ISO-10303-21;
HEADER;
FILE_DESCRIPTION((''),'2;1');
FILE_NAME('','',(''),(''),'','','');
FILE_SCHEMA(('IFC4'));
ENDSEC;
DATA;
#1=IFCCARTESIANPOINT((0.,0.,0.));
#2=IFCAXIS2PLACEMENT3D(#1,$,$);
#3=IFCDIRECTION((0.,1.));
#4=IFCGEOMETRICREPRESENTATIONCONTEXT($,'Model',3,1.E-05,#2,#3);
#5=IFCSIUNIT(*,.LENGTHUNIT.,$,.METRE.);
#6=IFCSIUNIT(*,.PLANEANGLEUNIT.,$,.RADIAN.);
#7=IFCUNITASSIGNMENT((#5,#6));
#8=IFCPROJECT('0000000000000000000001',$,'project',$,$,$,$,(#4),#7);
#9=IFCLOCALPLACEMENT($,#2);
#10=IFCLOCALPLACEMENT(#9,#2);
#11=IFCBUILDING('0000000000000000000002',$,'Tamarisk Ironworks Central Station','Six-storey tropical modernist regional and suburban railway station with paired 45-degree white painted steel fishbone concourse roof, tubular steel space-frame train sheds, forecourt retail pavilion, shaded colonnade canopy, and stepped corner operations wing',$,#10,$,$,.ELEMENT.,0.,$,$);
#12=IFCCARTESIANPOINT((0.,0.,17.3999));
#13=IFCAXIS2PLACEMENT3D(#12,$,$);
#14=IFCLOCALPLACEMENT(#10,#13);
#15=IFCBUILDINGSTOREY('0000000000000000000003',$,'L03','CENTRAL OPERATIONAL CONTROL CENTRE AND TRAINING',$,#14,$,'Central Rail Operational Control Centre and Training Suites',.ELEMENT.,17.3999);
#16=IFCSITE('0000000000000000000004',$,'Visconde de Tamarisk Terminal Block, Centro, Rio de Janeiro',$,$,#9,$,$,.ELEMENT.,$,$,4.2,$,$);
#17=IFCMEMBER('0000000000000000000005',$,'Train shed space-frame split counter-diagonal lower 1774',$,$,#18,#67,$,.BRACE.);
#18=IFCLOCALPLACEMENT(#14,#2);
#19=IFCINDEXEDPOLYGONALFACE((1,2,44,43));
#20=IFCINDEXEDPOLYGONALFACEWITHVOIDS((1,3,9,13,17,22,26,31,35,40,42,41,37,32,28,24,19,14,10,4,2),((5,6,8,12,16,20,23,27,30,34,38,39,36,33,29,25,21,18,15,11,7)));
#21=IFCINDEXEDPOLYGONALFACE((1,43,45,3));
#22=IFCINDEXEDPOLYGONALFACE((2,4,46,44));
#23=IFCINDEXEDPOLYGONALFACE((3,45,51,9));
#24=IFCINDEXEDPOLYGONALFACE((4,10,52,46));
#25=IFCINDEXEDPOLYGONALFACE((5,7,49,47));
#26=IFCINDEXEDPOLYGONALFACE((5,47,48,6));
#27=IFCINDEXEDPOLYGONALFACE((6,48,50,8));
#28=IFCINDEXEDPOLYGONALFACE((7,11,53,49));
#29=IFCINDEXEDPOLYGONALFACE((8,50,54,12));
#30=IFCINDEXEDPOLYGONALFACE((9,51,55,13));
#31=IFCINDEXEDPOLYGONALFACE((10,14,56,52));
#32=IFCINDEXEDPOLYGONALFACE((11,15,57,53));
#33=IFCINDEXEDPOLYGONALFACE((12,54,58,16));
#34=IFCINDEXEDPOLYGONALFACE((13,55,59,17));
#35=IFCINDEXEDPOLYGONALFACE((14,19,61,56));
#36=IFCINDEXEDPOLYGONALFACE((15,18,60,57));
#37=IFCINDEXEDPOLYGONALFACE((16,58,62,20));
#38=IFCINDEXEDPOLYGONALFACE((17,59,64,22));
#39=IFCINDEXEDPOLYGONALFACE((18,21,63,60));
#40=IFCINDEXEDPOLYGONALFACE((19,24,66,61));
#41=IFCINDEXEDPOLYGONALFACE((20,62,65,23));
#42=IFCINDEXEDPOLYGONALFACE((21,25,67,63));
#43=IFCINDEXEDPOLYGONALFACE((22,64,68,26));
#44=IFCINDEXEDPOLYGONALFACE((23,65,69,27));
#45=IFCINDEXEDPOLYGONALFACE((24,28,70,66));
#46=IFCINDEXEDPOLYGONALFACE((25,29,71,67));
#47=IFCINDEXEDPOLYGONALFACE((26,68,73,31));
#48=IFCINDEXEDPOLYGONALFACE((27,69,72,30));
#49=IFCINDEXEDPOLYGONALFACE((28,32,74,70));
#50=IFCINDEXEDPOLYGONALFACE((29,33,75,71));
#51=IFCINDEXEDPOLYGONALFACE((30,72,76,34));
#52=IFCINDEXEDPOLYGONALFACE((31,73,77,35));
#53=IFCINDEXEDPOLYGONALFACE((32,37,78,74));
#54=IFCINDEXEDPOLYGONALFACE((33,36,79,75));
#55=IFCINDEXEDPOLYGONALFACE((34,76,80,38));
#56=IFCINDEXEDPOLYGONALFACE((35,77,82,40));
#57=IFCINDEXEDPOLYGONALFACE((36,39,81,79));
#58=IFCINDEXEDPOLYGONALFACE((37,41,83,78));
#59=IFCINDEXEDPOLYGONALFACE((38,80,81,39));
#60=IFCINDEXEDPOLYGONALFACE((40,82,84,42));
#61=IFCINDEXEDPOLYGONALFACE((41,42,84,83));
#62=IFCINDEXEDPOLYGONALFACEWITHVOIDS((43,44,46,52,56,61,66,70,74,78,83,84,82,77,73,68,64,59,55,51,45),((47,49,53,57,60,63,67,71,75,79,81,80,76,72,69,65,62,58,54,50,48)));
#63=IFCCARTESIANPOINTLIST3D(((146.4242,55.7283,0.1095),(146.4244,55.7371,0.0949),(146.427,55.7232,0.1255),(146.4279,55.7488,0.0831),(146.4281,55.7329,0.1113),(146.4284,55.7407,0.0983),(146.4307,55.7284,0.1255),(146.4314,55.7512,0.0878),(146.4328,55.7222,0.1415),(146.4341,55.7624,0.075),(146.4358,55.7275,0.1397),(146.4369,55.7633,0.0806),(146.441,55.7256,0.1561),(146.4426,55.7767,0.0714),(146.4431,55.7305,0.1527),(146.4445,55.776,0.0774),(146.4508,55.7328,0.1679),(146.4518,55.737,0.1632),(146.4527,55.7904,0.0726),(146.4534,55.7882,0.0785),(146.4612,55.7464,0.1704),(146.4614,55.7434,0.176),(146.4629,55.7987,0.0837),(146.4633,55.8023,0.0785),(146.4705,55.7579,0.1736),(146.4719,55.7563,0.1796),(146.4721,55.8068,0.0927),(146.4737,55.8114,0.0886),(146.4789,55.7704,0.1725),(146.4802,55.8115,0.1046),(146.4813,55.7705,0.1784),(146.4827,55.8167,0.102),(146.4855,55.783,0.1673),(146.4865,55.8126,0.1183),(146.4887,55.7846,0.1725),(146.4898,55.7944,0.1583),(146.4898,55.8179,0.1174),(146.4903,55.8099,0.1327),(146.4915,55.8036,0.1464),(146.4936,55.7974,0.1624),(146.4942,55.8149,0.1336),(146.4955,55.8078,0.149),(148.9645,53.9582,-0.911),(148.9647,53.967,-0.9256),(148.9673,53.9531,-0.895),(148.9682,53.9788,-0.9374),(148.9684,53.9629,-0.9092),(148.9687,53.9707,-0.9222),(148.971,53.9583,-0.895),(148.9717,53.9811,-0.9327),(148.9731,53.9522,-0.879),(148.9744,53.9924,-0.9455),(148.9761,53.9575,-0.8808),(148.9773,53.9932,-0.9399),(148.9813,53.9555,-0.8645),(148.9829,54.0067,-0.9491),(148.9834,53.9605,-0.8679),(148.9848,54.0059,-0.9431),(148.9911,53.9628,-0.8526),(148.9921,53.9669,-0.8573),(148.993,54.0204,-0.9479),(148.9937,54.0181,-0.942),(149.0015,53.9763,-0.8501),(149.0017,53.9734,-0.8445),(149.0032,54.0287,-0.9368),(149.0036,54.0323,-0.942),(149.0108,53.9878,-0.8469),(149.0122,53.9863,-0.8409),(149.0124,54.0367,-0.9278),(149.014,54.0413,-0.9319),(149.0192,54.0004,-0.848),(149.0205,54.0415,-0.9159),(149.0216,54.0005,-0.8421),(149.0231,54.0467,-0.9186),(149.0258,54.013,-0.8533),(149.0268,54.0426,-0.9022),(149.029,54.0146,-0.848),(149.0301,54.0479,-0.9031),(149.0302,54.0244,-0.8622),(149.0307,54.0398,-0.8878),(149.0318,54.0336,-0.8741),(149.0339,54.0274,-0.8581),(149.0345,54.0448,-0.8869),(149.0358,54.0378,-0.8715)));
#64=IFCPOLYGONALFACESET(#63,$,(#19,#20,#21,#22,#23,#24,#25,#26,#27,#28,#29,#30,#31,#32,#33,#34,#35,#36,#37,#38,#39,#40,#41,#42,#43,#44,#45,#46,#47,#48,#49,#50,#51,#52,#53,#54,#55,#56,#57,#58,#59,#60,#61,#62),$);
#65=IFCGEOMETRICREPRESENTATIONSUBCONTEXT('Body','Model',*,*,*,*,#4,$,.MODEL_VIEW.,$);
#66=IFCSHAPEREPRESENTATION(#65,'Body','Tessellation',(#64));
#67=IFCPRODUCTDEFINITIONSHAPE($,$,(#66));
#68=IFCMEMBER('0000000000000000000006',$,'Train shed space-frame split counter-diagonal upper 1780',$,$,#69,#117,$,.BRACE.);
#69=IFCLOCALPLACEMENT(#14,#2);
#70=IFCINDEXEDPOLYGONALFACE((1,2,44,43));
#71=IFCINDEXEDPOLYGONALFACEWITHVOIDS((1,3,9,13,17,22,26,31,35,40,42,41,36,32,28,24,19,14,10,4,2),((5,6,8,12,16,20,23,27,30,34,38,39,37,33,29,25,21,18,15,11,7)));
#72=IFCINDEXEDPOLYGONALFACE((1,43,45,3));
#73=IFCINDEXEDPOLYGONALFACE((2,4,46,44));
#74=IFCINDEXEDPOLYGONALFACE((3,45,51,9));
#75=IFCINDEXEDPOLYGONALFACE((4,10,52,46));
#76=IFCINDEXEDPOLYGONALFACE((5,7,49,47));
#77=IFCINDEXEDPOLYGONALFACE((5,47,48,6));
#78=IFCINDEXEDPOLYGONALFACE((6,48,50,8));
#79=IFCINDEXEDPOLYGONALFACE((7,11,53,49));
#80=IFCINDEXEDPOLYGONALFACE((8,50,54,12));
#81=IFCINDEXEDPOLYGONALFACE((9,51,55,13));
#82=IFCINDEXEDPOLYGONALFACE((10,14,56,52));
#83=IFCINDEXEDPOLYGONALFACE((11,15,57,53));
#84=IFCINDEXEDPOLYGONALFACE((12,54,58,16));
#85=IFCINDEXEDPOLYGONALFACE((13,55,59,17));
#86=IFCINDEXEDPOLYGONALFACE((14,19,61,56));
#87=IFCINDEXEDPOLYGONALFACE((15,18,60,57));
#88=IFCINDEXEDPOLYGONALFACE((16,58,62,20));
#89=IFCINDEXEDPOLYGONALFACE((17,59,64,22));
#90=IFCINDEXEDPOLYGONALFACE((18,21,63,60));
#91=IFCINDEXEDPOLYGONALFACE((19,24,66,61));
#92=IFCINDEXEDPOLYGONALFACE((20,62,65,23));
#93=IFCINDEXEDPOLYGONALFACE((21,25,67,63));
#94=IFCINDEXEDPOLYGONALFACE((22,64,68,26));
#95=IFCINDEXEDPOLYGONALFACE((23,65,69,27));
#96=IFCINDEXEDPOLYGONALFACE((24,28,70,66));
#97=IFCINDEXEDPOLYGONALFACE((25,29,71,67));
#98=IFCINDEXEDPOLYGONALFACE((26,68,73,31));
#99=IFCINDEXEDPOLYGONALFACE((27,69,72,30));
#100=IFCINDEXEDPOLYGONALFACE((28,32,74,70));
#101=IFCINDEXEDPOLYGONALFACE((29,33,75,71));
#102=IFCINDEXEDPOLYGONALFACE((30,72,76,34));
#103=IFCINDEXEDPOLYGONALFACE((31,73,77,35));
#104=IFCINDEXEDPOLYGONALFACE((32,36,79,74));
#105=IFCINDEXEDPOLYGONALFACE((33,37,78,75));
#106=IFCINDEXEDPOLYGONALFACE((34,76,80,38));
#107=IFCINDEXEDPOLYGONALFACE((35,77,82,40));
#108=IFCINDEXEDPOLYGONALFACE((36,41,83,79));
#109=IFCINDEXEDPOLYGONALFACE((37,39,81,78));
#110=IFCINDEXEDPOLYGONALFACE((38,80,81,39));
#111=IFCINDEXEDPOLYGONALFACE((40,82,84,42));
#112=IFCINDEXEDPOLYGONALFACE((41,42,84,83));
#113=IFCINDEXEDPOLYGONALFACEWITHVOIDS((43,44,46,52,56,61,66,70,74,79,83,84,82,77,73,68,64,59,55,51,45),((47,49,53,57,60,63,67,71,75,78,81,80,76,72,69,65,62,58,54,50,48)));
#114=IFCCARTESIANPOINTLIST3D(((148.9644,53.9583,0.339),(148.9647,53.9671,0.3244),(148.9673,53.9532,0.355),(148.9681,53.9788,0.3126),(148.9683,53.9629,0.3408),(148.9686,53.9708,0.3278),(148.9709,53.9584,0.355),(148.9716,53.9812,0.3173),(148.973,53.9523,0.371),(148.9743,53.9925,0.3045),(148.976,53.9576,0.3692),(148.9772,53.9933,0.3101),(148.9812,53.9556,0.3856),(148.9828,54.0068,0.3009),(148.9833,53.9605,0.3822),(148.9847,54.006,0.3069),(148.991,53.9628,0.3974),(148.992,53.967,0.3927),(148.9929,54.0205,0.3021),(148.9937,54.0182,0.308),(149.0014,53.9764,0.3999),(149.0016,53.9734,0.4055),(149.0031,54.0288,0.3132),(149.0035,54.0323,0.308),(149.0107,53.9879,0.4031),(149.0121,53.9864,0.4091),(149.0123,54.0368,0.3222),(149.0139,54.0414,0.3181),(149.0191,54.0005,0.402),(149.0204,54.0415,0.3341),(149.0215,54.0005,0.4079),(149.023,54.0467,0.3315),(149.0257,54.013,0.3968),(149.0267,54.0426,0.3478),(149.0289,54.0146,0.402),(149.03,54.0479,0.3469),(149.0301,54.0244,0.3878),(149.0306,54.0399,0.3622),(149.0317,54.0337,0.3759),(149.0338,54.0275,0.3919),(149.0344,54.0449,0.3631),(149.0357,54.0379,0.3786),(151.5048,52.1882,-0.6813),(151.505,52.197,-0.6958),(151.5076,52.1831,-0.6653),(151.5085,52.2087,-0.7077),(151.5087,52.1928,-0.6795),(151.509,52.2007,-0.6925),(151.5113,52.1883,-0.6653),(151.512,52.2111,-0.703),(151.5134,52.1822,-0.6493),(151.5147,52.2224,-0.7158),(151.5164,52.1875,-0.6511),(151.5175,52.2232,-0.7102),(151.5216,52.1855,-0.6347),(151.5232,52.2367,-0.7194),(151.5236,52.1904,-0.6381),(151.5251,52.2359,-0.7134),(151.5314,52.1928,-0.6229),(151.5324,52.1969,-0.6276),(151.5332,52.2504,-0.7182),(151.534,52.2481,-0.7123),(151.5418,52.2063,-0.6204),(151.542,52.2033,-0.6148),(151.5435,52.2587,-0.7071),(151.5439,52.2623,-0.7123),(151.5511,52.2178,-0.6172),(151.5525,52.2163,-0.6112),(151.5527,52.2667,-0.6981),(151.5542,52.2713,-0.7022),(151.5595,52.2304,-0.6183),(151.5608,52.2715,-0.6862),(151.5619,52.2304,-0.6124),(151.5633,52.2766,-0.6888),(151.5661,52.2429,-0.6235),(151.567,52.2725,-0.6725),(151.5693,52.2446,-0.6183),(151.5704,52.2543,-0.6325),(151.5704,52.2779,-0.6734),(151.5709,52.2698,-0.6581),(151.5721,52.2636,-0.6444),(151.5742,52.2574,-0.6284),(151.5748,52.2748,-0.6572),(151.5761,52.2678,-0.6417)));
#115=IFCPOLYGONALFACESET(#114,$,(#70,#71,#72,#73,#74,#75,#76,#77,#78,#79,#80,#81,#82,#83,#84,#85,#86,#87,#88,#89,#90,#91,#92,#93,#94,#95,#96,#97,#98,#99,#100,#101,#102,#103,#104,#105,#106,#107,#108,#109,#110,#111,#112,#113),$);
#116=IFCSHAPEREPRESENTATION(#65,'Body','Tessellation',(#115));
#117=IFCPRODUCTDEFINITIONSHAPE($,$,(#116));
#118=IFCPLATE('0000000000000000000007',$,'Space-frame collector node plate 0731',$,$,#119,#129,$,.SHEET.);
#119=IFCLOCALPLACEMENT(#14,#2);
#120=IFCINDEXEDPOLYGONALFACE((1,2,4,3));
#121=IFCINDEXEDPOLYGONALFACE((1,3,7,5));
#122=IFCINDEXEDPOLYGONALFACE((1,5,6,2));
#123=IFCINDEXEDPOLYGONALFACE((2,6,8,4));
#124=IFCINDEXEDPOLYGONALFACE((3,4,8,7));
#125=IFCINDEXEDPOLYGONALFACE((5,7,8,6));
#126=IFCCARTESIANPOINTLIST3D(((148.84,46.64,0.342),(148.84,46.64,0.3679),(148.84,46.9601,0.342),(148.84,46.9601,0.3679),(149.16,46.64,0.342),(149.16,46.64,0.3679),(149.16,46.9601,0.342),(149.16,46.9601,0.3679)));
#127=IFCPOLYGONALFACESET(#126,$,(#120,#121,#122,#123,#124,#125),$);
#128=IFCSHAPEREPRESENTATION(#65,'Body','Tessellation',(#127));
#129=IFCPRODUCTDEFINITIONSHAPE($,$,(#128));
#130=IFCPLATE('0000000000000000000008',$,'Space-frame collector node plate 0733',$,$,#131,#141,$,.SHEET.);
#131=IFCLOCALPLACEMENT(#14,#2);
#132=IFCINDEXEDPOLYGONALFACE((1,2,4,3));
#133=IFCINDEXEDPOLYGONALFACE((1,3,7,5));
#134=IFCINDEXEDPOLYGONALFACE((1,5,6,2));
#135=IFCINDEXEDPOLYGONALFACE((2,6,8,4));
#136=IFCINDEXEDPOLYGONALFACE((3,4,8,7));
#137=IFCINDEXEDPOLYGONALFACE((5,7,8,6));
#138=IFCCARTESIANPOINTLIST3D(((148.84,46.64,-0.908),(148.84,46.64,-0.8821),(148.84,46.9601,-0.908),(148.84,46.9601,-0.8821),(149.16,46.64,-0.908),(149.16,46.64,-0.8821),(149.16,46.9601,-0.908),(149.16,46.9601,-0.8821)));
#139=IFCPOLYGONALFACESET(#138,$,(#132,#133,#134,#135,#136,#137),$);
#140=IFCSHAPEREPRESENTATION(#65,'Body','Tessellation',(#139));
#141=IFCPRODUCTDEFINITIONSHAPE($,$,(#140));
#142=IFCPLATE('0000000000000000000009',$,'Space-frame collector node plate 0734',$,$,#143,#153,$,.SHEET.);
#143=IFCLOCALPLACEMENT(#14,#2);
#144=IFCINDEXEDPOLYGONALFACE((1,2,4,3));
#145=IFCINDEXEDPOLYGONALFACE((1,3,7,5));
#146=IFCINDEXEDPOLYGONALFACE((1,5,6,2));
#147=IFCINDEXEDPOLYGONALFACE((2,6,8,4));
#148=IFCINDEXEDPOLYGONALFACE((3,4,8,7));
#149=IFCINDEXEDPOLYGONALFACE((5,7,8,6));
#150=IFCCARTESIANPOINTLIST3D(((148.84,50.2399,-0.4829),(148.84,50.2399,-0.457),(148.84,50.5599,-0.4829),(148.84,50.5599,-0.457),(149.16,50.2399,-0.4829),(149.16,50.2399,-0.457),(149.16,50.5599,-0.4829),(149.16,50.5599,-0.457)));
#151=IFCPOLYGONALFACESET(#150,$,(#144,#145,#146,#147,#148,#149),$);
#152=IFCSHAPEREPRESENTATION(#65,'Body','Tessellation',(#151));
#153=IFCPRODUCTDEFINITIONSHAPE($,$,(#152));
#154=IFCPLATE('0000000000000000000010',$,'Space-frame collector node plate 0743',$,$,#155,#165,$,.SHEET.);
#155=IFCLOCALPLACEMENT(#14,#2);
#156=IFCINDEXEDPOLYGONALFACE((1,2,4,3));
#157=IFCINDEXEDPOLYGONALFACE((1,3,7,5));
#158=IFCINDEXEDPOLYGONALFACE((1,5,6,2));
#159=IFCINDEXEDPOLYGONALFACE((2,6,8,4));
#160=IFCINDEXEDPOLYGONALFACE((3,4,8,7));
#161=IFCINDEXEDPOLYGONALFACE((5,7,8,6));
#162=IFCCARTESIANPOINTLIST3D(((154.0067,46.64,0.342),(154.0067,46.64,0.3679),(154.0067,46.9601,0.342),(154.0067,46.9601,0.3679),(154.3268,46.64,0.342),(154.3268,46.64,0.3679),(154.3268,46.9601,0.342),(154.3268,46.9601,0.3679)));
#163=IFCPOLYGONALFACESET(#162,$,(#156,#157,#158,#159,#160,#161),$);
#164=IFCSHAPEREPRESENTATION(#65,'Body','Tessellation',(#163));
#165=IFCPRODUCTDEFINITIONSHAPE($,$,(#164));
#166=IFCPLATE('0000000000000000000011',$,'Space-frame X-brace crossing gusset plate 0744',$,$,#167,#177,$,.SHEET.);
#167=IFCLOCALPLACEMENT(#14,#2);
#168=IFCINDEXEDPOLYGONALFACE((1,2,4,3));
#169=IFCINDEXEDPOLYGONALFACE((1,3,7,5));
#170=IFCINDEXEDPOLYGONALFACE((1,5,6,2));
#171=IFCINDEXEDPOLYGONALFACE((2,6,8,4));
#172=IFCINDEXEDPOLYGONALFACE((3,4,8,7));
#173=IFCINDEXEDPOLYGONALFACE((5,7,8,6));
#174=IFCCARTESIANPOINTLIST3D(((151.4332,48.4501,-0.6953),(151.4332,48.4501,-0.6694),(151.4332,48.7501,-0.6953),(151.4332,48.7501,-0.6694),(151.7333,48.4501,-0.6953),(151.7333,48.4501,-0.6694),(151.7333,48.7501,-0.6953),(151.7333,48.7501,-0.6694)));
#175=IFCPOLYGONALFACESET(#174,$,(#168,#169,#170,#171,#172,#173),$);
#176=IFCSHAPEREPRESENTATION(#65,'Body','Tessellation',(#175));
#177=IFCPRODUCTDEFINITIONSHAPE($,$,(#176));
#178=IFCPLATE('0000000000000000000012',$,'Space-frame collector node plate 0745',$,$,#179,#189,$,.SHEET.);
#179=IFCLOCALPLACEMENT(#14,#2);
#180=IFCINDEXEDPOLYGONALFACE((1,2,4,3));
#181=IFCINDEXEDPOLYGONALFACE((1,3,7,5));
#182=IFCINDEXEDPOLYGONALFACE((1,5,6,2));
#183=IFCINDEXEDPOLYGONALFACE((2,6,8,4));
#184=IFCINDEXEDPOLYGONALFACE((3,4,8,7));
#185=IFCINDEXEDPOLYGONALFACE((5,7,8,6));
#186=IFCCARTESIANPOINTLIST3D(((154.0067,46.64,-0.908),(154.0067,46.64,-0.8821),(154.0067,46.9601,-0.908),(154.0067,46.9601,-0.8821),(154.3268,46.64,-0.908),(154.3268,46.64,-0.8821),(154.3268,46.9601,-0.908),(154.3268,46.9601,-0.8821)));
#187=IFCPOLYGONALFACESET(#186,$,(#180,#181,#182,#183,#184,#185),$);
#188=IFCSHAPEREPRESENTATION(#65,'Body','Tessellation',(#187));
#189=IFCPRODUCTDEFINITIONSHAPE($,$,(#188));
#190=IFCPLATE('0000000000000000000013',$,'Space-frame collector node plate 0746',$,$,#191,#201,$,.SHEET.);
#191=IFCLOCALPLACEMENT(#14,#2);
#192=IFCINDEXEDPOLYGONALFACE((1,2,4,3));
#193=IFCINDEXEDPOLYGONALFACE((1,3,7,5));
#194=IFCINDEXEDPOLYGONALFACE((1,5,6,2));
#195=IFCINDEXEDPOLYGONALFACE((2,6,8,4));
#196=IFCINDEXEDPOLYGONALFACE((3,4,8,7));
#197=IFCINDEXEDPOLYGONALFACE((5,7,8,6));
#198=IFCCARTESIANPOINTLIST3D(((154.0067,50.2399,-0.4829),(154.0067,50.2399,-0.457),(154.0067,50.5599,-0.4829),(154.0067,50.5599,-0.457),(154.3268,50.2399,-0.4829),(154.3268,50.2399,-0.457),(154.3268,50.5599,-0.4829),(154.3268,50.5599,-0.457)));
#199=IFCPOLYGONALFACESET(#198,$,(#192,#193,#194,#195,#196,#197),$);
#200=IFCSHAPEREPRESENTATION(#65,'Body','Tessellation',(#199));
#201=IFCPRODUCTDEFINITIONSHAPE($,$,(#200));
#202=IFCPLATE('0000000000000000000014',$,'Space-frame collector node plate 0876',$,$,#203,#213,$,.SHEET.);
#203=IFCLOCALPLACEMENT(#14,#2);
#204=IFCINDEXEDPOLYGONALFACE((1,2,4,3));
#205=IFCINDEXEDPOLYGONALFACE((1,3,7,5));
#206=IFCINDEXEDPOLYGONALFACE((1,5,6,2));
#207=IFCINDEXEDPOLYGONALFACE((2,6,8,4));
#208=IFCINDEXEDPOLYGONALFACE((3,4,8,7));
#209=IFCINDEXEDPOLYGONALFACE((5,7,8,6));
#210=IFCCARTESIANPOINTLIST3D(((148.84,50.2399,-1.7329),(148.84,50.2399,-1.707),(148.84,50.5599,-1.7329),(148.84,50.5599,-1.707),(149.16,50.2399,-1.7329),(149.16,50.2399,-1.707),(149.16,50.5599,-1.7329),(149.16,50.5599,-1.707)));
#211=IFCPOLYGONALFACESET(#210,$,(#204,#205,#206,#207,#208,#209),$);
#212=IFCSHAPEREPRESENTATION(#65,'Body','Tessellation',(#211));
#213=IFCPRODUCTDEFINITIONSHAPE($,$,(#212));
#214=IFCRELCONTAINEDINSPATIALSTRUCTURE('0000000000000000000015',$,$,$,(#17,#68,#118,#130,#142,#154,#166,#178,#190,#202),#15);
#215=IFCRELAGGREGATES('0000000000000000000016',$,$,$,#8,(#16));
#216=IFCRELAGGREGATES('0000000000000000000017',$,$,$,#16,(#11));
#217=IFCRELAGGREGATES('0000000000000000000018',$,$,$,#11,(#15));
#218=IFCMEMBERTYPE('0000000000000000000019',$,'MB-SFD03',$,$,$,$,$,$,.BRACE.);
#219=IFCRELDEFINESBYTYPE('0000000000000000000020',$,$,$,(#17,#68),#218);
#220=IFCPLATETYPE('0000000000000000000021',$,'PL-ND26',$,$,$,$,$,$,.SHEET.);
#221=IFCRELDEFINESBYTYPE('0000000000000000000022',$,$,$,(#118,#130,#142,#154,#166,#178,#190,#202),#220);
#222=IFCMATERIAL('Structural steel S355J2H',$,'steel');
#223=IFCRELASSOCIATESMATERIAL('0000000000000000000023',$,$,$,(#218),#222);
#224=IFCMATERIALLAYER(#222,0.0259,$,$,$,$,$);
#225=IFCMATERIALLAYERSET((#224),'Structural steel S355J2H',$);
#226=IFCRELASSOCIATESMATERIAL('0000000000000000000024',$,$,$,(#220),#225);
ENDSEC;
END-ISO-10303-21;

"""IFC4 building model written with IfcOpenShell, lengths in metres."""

from ifc_helpers import new_model, si_unit, direction, frame, origin, origin_2d, place, context, subcontext, project, spatial, rectangle, hollow_circle, extrude, material, layer, layer_set, material_profile, profile_set, type_object, element, save


model = new_model("IFC4")

# Units and contexts
model_context = context("Model", 3, precision=1e-05, world=origin(), true_north=direction((0.0, 1.0)))
body_context = subcontext(model_context, "Body", "Model", "MODEL_VIEW")
ifc_project = project(units=[si_unit("LENGTHUNIT", "METRE"), si_unit("PLANEANGLEUNIT", "RADIAN")], contexts=[model_context])

# Site, building, storey
site_placement = place(None, origin())
site = spatial("IfcSite", under=ifc_project, at=site_placement, Name="Visconde de Tamarisk Terminal Block, Centro, Rio de Janeiro", CompositionType="ELEMENT", RefElevation=4.2)
building_placement = place(site_placement, origin())
building = spatial("IfcBuilding", under=site, at=building_placement, Name="Tamarisk Ironworks Central Station", Description="Six-storey tropical modernist regional and suburban railway station with paired 45-degree white painted steel fishbone concourse roof, tubular steel space-frame train sheds, forecourt retail pavilion, shaded colonnade canopy, and stepped corner operations wing", CompositionType="ELEMENT", ElevationOfRefHeight=0.0)
storey_placement = place(building_placement, frame((0.0, 0.0, 17.3999)))
storey = spatial("IfcBuildingStorey", under=building, at=storey_placement, Name="L03", Description="CENTRAL OPERATIONAL CONTROL CENTRE AND TRAINING", LongName="Central Rail Operational Control Centre and Training Suites", CompositionType="ELEMENT", Elevation=17.3999)

# Members
ifc_material_1 = material(Name="Structural steel S355J2H", Category="steel")
ifc_material_profile_1 = material_profile(ifc_material_1, hollow_circle(Radius=0.0571, WallThickness=0.0063, at=origin_2d()), Name="CHS 114.3x6.3")
ifc_profile_set_1 = profile_set([ifc_material_profile_1], Name="Structural steel S355J2H")
member_type_1 = type_object("IfcMemberType", Name="MB-SFD03", PredefinedType="BRACE", material=ifc_profile_set_1)
for number, where, z_axis, x_axis, name in (
    (1, (149.0, 54.0, -0.895), (-0.779234, 0.542955, 0.313042), (-0.571688, -0.820471, 0.0), "Train shed space-frame split counter-diagonal lower 1774"),
    (2, (151.5403, 52.23, -0.6653), (-0.779252, 0.542967, 0.312974), (-0.571688, -0.820471, 0.0), "Train shed space-frame split counter-diagonal upper 1780"),
):
    element("IfcMember", number, at=place(storey_placement, frame(where, z_axis=z_axis, x_axis=x_axis)), inside=storey, type_object=member_type_1, Name=name, PredefinedType="BRACE", context=body_context, shape_type="SweptSolid", body=[
        extrude(hollow_circle(Radius=0.0571, WallThickness=0.0063, at=origin_2d()), origin(), (0.0, 0.0, 1.0), 3.26),
    ])

# Plates
ifc_layer = layer(ifc_material_1, 0.0259)
ifc_layer_set = layer_set([ifc_layer], Name="Structural steel S355J2H")
plate_type = type_object("IfcPlateType", Name="PL-ND26", PredefinedType="SHEET", material=ifc_layer_set)
for number, where, z_axis, x_axis, name in (
    (3, (149.0, 46.8, 0.342), (0.0, 0.0, 1.0), (1.0, 0.0, 0.0), "Space-frame collector node plate 0731"),
    (4, (149.0, 46.8, -0.908), (0.0, 0.0, 1.0), (1.0, 0.0, 0.0), "Space-frame collector node plate 0733"),
    (5, (149.0, 50.3999, -0.4829), (0.0, 0.0, 1.0), (1.0, 0.0, 0.0), "Space-frame collector node plate 0734"),
    (6, (154.1667, 46.8, 0.342), (0.0, 0.0, 1.0), (1.0, 0.0, 0.0), "Space-frame collector node plate 0743"),
):
    element("IfcPlate", number, at=place(storey_placement, frame(where, z_axis=z_axis, x_axis=x_axis)), inside=storey, type_object=plate_type, Name=name, PredefinedType="SHEET", context=body_context, shape_type="SweptSolid", body=[
        extrude(rectangle(XDim=0.3201, YDim=0.3201, at=origin_2d()), origin(), (0.0, 0.0, 1.0), 0.0259),
    ])
plate_1_placement = place(storey_placement, frame((151.5833, 48.6001, -0.6953), z_axis=(0.0, 0.0, 1.0), x_axis=(1.0, 0.0, 0.0)))
element("IfcPlate", 7, at=plate_1_placement, inside=storey, type_object=plate_type, Name="Space-frame X-brace crossing gusset plate 0744", PredefinedType="SHEET", context=body_context, shape_type="SweptSolid", body=[
    extrude(rectangle(XDim=0.3, YDim=0.3, at=origin_2d()), origin(), (0.0, 0.0, 1.0), 0.0259),
])
for number, where, z_axis, x_axis, name in (
    (8, (154.1667, 46.8, -0.908), (0.0, 0.0, 1.0), (1.0, 0.0, 0.0), "Space-frame collector node plate 0745"),
    (9, (154.1667, 50.3999, -0.4829), (0.0, 0.0, 1.0), (1.0, 0.0, 0.0), "Space-frame collector node plate 0746"),
    (10, (149.0, 50.3999, -1.7329), (0.0, 0.0, 1.0), (1.0, 0.0, 0.0), "Space-frame collector node plate 0876"),
):
    element("IfcPlate", number, at=place(storey_placement, frame(where, z_axis=z_axis, x_axis=x_axis)), inside=storey, type_object=plate_type, Name=name, PredefinedType="SHEET", context=body_context, shape_type="SweptSolid", body=[
        extrude(rectangle(XDim=0.3201, YDim=0.3201, at=origin_2d()), origin(), (0.0, 0.0, 1.0), 0.0259),
    ])

save(model, "model.ifc")
